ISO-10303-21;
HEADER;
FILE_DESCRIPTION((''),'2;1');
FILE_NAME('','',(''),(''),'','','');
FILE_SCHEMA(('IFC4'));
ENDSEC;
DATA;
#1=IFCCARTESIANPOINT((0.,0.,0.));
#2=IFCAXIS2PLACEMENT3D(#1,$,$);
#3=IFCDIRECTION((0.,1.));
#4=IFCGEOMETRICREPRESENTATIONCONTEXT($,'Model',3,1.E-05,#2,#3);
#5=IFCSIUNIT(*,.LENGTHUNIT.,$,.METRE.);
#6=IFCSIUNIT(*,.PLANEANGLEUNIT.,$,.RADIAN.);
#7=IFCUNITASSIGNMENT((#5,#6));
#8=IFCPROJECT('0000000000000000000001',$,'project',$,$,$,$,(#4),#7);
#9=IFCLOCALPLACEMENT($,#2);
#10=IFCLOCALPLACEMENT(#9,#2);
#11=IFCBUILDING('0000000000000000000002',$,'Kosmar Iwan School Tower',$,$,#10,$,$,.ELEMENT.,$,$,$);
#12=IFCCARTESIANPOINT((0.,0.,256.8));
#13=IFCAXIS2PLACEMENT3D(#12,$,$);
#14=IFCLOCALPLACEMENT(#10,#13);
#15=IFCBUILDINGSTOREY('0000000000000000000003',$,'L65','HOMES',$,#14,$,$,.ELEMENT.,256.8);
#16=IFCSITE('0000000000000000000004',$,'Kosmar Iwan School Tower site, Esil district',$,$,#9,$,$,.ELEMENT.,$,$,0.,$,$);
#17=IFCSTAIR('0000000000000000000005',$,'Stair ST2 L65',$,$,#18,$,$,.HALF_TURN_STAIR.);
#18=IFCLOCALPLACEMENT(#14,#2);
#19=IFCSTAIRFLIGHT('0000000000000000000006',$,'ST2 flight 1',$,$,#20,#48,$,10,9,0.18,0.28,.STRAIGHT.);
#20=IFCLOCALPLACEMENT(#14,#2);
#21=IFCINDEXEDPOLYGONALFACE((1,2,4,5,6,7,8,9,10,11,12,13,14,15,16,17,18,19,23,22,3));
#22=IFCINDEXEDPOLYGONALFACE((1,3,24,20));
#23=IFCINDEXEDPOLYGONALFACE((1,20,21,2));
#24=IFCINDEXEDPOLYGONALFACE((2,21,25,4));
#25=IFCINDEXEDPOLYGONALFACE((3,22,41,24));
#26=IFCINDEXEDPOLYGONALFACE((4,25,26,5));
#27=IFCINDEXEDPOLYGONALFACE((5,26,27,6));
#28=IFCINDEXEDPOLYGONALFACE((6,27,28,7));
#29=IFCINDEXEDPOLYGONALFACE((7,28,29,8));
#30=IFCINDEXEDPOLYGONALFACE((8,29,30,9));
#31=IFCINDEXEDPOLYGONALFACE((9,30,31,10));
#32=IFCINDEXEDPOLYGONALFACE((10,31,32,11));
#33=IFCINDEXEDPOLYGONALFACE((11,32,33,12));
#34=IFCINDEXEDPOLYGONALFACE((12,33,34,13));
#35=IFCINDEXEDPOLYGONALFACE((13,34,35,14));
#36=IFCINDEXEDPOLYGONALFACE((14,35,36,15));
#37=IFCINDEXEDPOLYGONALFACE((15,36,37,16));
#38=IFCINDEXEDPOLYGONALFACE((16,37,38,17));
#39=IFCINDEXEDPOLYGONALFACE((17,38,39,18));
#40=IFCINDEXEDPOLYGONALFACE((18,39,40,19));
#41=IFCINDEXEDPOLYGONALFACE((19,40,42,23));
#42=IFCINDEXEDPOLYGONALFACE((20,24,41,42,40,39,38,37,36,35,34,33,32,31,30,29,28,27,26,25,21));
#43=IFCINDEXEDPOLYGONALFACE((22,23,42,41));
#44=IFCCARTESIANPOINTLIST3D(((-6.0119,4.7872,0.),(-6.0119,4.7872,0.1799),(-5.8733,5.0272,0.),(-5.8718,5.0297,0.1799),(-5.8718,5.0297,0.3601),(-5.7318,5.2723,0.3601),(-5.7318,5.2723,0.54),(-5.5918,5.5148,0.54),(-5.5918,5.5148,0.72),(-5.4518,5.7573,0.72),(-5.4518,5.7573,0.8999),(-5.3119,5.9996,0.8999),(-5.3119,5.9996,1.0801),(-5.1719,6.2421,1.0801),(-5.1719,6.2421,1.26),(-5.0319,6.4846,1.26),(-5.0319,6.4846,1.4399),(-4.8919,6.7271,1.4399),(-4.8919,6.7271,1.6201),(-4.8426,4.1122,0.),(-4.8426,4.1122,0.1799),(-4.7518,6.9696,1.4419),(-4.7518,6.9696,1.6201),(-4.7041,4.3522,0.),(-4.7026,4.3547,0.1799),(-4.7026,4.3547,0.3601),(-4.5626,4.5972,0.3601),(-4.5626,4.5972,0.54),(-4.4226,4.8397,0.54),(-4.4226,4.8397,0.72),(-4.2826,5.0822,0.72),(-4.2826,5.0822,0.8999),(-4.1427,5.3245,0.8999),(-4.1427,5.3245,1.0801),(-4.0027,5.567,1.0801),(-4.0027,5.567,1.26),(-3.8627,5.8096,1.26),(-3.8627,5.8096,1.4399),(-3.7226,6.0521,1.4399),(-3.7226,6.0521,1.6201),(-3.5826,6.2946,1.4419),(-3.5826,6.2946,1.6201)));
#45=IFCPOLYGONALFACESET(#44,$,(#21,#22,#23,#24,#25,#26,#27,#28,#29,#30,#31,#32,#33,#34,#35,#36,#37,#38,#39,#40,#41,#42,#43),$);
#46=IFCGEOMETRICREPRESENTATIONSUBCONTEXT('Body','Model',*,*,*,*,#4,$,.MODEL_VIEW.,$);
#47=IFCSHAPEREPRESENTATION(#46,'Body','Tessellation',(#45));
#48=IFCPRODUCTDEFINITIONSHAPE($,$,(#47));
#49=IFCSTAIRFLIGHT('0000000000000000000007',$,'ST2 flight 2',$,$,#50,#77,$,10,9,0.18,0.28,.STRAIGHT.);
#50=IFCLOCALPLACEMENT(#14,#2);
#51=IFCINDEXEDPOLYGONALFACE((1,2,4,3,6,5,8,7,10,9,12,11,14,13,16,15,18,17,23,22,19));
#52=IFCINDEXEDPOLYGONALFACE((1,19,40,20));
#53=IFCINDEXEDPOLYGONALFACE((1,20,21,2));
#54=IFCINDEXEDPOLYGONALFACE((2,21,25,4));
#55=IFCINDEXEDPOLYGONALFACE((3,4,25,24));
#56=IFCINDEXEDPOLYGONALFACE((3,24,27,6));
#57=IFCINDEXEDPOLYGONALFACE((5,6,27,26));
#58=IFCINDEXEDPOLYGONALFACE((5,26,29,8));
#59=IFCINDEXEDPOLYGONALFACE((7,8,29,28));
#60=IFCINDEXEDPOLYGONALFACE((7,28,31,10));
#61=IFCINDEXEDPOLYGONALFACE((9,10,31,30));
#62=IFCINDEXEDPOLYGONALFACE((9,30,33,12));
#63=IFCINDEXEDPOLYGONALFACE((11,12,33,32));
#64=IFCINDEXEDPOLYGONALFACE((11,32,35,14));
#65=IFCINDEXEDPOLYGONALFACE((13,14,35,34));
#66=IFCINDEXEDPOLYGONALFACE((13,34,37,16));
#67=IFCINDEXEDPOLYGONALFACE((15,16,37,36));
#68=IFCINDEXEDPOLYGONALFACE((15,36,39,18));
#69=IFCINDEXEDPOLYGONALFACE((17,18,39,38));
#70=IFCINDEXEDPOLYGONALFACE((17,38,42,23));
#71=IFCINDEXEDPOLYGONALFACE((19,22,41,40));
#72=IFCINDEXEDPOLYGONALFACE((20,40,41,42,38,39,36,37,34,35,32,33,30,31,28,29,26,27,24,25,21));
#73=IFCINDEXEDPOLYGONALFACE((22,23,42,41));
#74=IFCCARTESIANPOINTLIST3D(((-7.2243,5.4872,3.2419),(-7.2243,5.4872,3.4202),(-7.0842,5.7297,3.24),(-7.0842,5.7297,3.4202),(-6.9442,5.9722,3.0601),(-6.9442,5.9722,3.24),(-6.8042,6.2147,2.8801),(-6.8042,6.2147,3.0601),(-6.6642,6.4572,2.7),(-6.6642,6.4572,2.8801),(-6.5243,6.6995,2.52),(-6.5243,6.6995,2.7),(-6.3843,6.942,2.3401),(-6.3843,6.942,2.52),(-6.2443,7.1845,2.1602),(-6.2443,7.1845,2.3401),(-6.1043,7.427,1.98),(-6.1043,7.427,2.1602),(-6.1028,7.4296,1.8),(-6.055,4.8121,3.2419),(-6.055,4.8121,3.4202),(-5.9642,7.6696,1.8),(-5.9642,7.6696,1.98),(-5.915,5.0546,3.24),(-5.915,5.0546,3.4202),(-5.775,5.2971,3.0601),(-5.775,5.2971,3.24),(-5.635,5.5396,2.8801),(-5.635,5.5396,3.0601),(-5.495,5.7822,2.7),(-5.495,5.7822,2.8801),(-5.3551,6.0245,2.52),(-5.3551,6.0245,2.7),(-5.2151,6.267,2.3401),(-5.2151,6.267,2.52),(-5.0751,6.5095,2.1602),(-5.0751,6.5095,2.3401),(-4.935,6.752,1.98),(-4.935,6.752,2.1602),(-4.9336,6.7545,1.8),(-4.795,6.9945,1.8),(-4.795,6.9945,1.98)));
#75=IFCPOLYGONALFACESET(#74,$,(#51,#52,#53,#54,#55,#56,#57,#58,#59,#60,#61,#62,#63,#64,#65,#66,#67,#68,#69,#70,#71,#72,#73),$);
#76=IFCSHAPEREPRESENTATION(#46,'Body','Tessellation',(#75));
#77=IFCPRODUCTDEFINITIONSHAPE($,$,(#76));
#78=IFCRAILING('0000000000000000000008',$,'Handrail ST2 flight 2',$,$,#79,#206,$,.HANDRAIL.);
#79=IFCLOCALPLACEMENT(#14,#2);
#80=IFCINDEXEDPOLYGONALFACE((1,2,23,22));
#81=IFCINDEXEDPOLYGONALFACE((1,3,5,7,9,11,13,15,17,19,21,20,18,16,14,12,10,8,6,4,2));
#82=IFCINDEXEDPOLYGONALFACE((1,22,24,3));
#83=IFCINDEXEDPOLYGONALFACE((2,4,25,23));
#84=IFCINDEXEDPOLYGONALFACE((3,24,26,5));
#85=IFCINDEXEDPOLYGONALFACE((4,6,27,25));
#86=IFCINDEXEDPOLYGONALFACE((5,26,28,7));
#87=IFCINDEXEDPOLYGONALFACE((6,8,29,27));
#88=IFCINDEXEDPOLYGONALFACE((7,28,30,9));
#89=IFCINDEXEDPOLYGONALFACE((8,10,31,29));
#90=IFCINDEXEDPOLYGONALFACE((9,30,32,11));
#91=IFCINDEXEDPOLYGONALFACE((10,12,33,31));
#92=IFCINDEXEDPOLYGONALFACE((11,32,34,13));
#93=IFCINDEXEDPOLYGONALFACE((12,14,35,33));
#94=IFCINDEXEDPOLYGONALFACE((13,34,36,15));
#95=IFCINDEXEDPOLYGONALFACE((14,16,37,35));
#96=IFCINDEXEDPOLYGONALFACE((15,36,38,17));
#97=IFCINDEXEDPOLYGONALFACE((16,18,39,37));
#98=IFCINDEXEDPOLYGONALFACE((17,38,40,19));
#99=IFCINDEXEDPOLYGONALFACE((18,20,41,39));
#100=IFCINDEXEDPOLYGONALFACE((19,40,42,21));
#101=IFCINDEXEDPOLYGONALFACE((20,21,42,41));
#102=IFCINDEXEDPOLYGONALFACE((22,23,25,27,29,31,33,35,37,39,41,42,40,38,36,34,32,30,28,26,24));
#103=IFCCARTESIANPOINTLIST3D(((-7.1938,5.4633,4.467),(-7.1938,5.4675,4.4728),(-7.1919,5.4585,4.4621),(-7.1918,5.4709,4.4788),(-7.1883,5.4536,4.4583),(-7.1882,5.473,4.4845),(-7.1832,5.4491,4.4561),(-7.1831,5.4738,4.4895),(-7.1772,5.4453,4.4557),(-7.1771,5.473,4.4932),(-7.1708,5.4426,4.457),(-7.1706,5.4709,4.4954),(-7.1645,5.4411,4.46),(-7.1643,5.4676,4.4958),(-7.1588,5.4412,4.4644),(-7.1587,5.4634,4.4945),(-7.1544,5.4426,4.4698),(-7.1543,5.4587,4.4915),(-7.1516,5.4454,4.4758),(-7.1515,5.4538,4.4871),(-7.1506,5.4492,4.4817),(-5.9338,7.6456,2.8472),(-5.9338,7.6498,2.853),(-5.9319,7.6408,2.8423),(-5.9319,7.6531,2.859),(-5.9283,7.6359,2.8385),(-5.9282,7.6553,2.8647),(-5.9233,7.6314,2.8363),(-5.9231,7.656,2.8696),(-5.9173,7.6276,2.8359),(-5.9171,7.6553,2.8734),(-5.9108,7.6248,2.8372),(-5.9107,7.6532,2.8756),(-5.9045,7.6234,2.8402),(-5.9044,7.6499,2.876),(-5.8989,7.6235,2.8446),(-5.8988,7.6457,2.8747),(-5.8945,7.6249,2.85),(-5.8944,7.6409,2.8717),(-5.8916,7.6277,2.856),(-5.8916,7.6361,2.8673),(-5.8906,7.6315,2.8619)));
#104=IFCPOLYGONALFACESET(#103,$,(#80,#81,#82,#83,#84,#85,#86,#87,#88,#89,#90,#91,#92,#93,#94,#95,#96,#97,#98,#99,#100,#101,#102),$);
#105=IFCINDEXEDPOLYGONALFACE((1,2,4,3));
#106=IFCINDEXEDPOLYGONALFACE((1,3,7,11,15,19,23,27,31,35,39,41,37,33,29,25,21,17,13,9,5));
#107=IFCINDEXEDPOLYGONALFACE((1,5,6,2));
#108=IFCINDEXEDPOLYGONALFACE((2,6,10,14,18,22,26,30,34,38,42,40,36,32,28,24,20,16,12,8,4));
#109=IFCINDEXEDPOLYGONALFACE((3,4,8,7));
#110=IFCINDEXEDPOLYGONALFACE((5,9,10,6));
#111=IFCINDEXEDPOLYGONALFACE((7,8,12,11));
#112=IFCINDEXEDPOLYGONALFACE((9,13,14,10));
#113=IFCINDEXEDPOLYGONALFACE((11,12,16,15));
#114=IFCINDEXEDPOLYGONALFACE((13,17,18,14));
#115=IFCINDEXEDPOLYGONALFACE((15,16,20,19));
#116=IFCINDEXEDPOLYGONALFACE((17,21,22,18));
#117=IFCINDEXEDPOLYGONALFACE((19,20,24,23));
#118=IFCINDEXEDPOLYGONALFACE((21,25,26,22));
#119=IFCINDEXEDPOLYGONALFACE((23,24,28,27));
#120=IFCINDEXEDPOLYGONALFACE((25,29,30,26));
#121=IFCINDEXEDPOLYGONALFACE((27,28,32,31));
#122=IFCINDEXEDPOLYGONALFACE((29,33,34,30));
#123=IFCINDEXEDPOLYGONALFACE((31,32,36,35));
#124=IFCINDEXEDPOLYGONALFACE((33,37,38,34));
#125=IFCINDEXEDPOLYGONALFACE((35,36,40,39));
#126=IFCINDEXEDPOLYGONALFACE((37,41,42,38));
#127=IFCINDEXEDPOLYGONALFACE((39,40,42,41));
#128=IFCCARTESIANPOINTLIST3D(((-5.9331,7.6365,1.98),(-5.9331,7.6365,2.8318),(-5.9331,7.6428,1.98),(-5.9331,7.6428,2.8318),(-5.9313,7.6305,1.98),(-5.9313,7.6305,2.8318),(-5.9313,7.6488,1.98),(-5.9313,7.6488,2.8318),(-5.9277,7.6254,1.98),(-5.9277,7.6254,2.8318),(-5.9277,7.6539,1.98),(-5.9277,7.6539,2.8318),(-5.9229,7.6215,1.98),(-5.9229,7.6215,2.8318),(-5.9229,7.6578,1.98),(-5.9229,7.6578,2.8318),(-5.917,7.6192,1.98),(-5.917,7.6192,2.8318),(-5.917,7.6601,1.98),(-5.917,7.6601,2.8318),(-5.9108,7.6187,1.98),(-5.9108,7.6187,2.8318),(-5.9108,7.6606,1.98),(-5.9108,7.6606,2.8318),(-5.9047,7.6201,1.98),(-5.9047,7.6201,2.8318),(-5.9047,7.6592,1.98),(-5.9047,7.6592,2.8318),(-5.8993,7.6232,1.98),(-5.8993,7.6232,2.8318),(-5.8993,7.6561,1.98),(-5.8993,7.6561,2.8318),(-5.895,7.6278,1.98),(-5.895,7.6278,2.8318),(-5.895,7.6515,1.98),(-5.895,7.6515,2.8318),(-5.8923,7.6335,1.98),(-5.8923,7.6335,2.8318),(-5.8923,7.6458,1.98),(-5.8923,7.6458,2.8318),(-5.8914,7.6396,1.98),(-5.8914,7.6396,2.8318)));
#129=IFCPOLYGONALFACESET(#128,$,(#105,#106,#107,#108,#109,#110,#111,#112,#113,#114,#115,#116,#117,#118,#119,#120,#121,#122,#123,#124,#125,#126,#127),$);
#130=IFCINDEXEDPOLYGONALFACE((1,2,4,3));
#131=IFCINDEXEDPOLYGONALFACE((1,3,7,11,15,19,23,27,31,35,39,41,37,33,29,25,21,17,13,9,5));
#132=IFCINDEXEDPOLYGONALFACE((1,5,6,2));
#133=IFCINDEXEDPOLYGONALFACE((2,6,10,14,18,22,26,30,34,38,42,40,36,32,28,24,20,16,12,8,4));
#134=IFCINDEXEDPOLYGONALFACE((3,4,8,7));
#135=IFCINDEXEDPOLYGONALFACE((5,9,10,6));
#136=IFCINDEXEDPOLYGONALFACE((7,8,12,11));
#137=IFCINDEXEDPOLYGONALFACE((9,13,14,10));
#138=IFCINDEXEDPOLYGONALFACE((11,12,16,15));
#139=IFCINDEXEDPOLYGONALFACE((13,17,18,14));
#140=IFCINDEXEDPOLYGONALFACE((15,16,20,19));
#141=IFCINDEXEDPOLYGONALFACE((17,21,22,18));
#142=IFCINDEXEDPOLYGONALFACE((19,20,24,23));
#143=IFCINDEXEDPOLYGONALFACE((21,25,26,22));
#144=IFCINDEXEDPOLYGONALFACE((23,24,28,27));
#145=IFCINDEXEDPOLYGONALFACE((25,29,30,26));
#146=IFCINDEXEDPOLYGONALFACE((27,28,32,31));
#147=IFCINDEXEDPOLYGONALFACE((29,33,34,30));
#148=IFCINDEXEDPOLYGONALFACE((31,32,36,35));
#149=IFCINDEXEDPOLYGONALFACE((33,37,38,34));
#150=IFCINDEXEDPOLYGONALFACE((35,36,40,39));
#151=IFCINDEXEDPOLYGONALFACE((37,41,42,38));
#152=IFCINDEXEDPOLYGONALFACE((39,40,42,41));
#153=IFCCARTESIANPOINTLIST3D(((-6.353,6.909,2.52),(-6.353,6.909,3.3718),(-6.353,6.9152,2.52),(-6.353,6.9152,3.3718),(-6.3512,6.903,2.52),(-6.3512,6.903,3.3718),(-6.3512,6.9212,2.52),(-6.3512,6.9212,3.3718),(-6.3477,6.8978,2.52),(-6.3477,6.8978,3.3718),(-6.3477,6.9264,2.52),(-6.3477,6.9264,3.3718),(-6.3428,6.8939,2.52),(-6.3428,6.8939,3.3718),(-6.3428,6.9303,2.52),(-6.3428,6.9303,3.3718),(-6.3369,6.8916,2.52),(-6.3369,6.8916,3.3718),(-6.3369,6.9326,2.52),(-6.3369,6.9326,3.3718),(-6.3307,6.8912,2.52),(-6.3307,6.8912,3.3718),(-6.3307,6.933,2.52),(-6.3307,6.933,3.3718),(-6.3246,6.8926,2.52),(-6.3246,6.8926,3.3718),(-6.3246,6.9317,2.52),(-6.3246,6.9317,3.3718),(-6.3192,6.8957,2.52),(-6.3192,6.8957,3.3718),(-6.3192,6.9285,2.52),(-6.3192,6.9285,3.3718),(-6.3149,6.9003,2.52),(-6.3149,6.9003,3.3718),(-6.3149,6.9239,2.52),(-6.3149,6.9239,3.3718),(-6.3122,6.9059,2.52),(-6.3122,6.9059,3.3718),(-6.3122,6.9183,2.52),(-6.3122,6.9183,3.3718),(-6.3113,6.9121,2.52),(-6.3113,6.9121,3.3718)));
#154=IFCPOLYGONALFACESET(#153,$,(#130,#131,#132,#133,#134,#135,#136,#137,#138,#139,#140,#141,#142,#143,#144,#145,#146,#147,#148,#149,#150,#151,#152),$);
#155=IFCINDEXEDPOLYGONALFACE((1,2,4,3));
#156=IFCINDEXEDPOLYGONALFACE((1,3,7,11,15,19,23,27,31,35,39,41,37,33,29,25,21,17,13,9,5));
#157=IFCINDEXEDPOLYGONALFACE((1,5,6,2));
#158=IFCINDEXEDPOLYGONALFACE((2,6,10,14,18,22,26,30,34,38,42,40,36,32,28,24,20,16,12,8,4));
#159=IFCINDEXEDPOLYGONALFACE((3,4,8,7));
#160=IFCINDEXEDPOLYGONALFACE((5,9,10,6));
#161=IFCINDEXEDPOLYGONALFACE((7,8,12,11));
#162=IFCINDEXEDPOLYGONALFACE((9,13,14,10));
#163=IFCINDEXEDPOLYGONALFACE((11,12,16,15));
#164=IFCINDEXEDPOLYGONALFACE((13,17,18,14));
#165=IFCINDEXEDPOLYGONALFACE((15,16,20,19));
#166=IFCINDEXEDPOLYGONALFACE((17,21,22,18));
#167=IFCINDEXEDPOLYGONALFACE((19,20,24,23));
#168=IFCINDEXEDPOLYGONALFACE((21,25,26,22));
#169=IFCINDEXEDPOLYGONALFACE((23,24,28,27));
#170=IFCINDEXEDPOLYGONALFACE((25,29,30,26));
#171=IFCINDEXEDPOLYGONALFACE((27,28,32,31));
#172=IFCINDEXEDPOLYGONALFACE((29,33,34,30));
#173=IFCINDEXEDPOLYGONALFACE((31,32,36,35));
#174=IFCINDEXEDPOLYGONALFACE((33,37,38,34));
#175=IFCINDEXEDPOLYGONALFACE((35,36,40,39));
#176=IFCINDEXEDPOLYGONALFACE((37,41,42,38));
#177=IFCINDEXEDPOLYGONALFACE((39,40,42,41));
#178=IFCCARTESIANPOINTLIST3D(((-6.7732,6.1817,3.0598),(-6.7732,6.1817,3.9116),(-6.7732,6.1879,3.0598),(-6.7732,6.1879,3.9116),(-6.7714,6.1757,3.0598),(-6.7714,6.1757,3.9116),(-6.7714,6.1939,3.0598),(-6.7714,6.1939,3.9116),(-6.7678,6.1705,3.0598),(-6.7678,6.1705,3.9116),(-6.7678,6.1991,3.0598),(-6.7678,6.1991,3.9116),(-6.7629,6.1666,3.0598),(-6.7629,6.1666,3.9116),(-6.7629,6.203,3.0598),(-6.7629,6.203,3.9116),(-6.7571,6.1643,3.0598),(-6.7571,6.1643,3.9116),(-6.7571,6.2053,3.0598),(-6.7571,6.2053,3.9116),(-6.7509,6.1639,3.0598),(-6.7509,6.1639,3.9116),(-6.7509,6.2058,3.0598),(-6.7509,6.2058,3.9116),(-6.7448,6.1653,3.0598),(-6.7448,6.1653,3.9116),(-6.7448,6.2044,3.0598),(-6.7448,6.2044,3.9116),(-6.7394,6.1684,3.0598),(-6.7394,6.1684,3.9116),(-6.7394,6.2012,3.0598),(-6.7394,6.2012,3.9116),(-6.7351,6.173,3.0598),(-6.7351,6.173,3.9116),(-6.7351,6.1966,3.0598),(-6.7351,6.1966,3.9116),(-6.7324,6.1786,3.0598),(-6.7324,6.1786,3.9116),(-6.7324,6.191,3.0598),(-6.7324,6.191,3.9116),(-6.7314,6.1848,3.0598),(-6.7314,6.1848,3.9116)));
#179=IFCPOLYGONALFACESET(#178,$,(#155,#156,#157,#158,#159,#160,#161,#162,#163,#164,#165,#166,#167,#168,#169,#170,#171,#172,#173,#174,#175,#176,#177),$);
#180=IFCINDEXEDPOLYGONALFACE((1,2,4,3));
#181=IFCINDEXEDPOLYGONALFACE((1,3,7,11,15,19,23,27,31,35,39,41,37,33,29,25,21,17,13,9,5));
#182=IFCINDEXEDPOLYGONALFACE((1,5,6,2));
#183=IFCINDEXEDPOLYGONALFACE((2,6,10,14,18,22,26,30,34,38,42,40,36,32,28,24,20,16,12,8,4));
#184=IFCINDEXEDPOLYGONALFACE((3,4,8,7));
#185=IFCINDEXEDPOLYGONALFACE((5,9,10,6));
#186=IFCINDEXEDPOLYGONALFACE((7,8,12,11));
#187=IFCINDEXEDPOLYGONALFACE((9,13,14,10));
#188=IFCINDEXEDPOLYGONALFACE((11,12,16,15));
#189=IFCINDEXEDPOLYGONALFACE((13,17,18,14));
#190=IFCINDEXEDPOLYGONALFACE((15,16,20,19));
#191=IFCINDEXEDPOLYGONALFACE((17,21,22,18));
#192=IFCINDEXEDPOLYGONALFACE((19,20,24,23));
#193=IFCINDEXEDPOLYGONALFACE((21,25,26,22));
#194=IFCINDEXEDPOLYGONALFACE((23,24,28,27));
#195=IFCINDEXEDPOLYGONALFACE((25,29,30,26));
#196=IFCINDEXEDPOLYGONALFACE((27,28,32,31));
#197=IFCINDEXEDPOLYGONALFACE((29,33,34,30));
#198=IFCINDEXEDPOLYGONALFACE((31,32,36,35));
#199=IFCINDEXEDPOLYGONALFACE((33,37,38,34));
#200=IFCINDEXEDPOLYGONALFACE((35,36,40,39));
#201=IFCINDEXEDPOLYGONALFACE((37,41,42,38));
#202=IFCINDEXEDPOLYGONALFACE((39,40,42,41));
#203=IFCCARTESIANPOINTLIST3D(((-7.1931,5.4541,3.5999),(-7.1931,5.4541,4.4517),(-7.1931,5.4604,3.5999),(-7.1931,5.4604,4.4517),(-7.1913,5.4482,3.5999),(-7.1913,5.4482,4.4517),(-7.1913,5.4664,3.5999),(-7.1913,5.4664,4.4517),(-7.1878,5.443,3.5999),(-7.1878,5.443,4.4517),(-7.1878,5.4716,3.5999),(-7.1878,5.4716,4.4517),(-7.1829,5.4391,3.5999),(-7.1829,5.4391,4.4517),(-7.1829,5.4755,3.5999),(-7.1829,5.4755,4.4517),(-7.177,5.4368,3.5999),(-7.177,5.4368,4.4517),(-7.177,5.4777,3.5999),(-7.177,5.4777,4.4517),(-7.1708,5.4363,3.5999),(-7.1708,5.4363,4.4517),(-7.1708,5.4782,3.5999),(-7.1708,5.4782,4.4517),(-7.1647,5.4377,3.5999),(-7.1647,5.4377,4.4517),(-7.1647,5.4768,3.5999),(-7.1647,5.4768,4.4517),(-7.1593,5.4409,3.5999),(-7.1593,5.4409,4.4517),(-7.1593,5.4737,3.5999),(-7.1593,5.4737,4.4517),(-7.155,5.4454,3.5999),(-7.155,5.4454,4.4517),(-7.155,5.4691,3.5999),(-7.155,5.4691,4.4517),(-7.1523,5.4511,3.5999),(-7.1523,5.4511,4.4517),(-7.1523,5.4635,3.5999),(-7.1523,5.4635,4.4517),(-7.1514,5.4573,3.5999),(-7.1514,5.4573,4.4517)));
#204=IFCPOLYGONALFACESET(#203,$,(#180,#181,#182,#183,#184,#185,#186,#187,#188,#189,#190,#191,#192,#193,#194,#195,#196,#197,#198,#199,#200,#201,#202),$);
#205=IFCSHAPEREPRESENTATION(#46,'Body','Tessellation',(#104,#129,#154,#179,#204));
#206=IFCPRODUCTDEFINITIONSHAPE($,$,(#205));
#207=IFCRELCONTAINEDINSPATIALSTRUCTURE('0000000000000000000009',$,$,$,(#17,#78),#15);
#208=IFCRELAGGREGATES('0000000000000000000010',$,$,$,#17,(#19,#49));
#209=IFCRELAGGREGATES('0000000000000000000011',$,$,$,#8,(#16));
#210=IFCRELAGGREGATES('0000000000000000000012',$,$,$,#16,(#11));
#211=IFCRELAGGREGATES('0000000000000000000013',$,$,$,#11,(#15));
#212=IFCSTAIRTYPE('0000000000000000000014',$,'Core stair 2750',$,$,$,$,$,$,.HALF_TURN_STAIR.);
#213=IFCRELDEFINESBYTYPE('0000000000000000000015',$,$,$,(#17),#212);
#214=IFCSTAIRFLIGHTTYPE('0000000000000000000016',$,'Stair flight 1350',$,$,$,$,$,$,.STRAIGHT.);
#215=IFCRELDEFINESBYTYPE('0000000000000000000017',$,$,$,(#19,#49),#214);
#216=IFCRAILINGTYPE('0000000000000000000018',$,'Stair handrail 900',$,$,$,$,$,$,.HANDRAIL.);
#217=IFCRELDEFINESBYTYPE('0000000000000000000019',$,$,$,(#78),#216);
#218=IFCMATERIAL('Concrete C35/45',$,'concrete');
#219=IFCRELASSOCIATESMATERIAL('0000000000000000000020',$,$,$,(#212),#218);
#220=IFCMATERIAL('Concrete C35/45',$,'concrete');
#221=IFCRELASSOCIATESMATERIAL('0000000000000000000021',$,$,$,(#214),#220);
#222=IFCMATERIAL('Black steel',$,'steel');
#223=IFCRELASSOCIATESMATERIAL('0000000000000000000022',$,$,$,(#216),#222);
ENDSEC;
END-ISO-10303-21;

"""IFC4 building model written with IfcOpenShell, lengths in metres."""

from ifc_helpers import new_model, si_unit, direction, frame, origin, origin_2d, place, context, subcontext, project, spatial, polyline, circle, outline, extrude, material, type_object, element, aggregate, save


model = new_model("IFC4")

# Units and contexts
model_context = context("Model", 3, precision=1e-05, world=origin(), true_north=direction((0.0, 1.0)))
body_context = subcontext(model_context, "Body", "Model", "MODEL_VIEW")
ifc_project = project(units=[si_unit("LENGTHUNIT", "METRE"), si_unit("PLANEANGLEUNIT", "RADIAN")], contexts=[model_context])

# Site, building, storey
site_placement = place(None, origin())
site = spatial("IfcSite", under=ifc_project, at=site_placement, Name="Kosmar Iwan School Tower site, Esil district", CompositionType="ELEMENT", RefElevation=0.0)
building_placement = place(site_placement, origin())
building = spatial("IfcBuilding", under=site, at=building_placement, Name="Kosmar Iwan School Tower", CompositionType="ELEMENT")
storey_placement = place(building_placement, frame((0.0, 0.0, 256.8)))
storey = spatial("IfcBuildingStorey", under=building, at=storey_placement, Name="L65", Description="HOMES", CompositionType="ELEMENT", Elevation=256.8)

# Stair, stair flights
ifc_material_1 = material(Name="Concrete C35/45", Category="concrete")
stair_type = type_object("IfcStairType", Name="Core stair 2750", PredefinedType="HALF_TURN_STAIR", material=ifc_material_1)
stair_placement = place(storey_placement, origin())
stair = element("IfcStair", 1, at=stair_placement, inside=storey, type_object=stair_type, Name="Stair ST2 L65", PredefinedType="HALF_TURN_STAIR")
ifc_material_2 = material(Name="Concrete C35/45", Category="concrete")
stair_flight_type = type_object("IfcStairFlightType", Name="Stair flight 1350", PredefinedType="STRAIGHT", material=ifc_material_2)
stair_flight_1_placement = place(storey_placement, frame((-5.4272, 4.4497, 0.0), z_axis=(0.0, 0.0, 1.0), x_axis=(0.5, 0.866025, 0.0)))
stair_flight_1 = element("IfcStairFlight", 2, at=stair_flight_1_placement, type_object=stair_flight_type, Name="ST2 flight 1", NumberOfRisers=10, NumberOfTreads=9, PredefinedType="STRAIGHT", RiserHeight=0.18, TreadLength=0.28, context=body_context, shape_type="SweptSolid", body=[
    extrude(outline(polyline([(0.0, 0.0), (0.0, 0.1799), (0.28, 0.1799), (0.28, 0.3601), (0.5601, 0.3601), (0.5601, 0.54), (0.8401, 0.54), (0.8401, 0.72), (1.1201, 0.72), (1.1201, 0.8999), (1.3999, 0.8999), (1.3999, 1.0801), (1.6799, 1.0801), (1.6799, 1.26), (1.96, 1.26), (1.96, 1.4399), (2.24, 1.4399), (2.24, 1.6201), (2.52, 1.6201), (2.52, 1.8), (2.52, 1.4419), (0.2771, 0.0), (0.0, 0.0)])), frame((0.0, 0.675, 0.0), z_axis=(0.0, -1.0, 0.0), x_axis=(1.0, 0.0, 0.0)), (0.0, 0.0, 1.0), 1.3501),
])
stair_flight_2_placement = place(storey_placement, frame((-5.3796, 7.332, 1.8), z_axis=(0.0, 0.0, 1.0), x_axis=(-0.5, -0.866025, 0.0)))
stair_flight_2 = element("IfcStairFlight", 3, at=stair_flight_2_placement, type_object=stair_flight_type, Name="ST2 flight 2", NumberOfRisers=10, NumberOfTreads=9, PredefinedType="STRAIGHT", RiserHeight=0.18, TreadLength=0.28, context=body_context, shape_type="SweptSolid", body=[
    extrude(outline(polyline([(0.0, 0.0), (0.0, 0.1799), (0.28, 0.1799), (0.28, 0.3601), (0.5601, 0.3601), (0.5601, 0.54), (0.8401, 0.54), (0.8401, 0.72), (1.1201, 0.72), (1.1201, 0.8999), (1.3999, 0.8999), (1.3999, 1.0801), (1.6799, 1.0801), (1.6799, 1.26), (1.96, 1.26), (1.96, 1.4399), (2.24, 1.4399), (2.24, 1.6201), (2.52, 1.6201), (2.52, 1.8), (2.52, 1.4419), (0.2771, 0.0), (0.0, 0.0)])), frame((0.0, 0.675, 0.0), z_axis=(0.0, -1.0, 0.0), x_axis=(1.0, 0.0, 0.0)), (0.0, 0.0, 1.0), 1.3501),
])
aggregate(stair, [stair_flight_1, stair_flight_2])

# Railing
ifc_material_3 = material(Name="Black steel", Category="steel")
railing_type = type_object("IfcRailingType", Name="Stair handrail 900", PredefinedType="HANDRAIL", material=ifc_material_3)
railing_placement = place(storey_placement, frame((-5.9124, 7.6396, 1.98)))
element("IfcRailing", 4, at=railing_placement, inside=storey, type_object=railing_type, Name="Handrail ST2 flight 2", PredefinedType="HANDRAIL", context=body_context, shape_type="SweptSolid", body=[
    extrude(circle(Radius=0.0239, at=origin_2d()), frame((0.0, 0.0, 0.876), z_axis=(-0.420603, -0.728496, 0.540728), x_axis=(0.866023, -0.500005, 0.0)), (0.0, 0.0, 1.0), 2.9956),
    extrude(circle(Radius=0.021, at=origin_2d()), origin(), (0.0, 0.0, 1.0), 0.8518),
    extrude(circle(Radius=0.021, at=origin_2d()), frame((-0.4199, -0.7275, 0.54)), (0.0, 0.0, 1.0), 0.8518),
    extrude(circle(Radius=0.021, at=origin_2d()), frame((-0.8401, -1.4548, 1.0798)), (0.0, 0.0, 1.0), 0.8518),
    extrude(circle(Radius=0.021, at=origin_2d()), frame((-1.26, -2.1824, 1.6199)), (0.0, 0.0, 1.0), 0.8518),
])

save(model, "model.ifc")
